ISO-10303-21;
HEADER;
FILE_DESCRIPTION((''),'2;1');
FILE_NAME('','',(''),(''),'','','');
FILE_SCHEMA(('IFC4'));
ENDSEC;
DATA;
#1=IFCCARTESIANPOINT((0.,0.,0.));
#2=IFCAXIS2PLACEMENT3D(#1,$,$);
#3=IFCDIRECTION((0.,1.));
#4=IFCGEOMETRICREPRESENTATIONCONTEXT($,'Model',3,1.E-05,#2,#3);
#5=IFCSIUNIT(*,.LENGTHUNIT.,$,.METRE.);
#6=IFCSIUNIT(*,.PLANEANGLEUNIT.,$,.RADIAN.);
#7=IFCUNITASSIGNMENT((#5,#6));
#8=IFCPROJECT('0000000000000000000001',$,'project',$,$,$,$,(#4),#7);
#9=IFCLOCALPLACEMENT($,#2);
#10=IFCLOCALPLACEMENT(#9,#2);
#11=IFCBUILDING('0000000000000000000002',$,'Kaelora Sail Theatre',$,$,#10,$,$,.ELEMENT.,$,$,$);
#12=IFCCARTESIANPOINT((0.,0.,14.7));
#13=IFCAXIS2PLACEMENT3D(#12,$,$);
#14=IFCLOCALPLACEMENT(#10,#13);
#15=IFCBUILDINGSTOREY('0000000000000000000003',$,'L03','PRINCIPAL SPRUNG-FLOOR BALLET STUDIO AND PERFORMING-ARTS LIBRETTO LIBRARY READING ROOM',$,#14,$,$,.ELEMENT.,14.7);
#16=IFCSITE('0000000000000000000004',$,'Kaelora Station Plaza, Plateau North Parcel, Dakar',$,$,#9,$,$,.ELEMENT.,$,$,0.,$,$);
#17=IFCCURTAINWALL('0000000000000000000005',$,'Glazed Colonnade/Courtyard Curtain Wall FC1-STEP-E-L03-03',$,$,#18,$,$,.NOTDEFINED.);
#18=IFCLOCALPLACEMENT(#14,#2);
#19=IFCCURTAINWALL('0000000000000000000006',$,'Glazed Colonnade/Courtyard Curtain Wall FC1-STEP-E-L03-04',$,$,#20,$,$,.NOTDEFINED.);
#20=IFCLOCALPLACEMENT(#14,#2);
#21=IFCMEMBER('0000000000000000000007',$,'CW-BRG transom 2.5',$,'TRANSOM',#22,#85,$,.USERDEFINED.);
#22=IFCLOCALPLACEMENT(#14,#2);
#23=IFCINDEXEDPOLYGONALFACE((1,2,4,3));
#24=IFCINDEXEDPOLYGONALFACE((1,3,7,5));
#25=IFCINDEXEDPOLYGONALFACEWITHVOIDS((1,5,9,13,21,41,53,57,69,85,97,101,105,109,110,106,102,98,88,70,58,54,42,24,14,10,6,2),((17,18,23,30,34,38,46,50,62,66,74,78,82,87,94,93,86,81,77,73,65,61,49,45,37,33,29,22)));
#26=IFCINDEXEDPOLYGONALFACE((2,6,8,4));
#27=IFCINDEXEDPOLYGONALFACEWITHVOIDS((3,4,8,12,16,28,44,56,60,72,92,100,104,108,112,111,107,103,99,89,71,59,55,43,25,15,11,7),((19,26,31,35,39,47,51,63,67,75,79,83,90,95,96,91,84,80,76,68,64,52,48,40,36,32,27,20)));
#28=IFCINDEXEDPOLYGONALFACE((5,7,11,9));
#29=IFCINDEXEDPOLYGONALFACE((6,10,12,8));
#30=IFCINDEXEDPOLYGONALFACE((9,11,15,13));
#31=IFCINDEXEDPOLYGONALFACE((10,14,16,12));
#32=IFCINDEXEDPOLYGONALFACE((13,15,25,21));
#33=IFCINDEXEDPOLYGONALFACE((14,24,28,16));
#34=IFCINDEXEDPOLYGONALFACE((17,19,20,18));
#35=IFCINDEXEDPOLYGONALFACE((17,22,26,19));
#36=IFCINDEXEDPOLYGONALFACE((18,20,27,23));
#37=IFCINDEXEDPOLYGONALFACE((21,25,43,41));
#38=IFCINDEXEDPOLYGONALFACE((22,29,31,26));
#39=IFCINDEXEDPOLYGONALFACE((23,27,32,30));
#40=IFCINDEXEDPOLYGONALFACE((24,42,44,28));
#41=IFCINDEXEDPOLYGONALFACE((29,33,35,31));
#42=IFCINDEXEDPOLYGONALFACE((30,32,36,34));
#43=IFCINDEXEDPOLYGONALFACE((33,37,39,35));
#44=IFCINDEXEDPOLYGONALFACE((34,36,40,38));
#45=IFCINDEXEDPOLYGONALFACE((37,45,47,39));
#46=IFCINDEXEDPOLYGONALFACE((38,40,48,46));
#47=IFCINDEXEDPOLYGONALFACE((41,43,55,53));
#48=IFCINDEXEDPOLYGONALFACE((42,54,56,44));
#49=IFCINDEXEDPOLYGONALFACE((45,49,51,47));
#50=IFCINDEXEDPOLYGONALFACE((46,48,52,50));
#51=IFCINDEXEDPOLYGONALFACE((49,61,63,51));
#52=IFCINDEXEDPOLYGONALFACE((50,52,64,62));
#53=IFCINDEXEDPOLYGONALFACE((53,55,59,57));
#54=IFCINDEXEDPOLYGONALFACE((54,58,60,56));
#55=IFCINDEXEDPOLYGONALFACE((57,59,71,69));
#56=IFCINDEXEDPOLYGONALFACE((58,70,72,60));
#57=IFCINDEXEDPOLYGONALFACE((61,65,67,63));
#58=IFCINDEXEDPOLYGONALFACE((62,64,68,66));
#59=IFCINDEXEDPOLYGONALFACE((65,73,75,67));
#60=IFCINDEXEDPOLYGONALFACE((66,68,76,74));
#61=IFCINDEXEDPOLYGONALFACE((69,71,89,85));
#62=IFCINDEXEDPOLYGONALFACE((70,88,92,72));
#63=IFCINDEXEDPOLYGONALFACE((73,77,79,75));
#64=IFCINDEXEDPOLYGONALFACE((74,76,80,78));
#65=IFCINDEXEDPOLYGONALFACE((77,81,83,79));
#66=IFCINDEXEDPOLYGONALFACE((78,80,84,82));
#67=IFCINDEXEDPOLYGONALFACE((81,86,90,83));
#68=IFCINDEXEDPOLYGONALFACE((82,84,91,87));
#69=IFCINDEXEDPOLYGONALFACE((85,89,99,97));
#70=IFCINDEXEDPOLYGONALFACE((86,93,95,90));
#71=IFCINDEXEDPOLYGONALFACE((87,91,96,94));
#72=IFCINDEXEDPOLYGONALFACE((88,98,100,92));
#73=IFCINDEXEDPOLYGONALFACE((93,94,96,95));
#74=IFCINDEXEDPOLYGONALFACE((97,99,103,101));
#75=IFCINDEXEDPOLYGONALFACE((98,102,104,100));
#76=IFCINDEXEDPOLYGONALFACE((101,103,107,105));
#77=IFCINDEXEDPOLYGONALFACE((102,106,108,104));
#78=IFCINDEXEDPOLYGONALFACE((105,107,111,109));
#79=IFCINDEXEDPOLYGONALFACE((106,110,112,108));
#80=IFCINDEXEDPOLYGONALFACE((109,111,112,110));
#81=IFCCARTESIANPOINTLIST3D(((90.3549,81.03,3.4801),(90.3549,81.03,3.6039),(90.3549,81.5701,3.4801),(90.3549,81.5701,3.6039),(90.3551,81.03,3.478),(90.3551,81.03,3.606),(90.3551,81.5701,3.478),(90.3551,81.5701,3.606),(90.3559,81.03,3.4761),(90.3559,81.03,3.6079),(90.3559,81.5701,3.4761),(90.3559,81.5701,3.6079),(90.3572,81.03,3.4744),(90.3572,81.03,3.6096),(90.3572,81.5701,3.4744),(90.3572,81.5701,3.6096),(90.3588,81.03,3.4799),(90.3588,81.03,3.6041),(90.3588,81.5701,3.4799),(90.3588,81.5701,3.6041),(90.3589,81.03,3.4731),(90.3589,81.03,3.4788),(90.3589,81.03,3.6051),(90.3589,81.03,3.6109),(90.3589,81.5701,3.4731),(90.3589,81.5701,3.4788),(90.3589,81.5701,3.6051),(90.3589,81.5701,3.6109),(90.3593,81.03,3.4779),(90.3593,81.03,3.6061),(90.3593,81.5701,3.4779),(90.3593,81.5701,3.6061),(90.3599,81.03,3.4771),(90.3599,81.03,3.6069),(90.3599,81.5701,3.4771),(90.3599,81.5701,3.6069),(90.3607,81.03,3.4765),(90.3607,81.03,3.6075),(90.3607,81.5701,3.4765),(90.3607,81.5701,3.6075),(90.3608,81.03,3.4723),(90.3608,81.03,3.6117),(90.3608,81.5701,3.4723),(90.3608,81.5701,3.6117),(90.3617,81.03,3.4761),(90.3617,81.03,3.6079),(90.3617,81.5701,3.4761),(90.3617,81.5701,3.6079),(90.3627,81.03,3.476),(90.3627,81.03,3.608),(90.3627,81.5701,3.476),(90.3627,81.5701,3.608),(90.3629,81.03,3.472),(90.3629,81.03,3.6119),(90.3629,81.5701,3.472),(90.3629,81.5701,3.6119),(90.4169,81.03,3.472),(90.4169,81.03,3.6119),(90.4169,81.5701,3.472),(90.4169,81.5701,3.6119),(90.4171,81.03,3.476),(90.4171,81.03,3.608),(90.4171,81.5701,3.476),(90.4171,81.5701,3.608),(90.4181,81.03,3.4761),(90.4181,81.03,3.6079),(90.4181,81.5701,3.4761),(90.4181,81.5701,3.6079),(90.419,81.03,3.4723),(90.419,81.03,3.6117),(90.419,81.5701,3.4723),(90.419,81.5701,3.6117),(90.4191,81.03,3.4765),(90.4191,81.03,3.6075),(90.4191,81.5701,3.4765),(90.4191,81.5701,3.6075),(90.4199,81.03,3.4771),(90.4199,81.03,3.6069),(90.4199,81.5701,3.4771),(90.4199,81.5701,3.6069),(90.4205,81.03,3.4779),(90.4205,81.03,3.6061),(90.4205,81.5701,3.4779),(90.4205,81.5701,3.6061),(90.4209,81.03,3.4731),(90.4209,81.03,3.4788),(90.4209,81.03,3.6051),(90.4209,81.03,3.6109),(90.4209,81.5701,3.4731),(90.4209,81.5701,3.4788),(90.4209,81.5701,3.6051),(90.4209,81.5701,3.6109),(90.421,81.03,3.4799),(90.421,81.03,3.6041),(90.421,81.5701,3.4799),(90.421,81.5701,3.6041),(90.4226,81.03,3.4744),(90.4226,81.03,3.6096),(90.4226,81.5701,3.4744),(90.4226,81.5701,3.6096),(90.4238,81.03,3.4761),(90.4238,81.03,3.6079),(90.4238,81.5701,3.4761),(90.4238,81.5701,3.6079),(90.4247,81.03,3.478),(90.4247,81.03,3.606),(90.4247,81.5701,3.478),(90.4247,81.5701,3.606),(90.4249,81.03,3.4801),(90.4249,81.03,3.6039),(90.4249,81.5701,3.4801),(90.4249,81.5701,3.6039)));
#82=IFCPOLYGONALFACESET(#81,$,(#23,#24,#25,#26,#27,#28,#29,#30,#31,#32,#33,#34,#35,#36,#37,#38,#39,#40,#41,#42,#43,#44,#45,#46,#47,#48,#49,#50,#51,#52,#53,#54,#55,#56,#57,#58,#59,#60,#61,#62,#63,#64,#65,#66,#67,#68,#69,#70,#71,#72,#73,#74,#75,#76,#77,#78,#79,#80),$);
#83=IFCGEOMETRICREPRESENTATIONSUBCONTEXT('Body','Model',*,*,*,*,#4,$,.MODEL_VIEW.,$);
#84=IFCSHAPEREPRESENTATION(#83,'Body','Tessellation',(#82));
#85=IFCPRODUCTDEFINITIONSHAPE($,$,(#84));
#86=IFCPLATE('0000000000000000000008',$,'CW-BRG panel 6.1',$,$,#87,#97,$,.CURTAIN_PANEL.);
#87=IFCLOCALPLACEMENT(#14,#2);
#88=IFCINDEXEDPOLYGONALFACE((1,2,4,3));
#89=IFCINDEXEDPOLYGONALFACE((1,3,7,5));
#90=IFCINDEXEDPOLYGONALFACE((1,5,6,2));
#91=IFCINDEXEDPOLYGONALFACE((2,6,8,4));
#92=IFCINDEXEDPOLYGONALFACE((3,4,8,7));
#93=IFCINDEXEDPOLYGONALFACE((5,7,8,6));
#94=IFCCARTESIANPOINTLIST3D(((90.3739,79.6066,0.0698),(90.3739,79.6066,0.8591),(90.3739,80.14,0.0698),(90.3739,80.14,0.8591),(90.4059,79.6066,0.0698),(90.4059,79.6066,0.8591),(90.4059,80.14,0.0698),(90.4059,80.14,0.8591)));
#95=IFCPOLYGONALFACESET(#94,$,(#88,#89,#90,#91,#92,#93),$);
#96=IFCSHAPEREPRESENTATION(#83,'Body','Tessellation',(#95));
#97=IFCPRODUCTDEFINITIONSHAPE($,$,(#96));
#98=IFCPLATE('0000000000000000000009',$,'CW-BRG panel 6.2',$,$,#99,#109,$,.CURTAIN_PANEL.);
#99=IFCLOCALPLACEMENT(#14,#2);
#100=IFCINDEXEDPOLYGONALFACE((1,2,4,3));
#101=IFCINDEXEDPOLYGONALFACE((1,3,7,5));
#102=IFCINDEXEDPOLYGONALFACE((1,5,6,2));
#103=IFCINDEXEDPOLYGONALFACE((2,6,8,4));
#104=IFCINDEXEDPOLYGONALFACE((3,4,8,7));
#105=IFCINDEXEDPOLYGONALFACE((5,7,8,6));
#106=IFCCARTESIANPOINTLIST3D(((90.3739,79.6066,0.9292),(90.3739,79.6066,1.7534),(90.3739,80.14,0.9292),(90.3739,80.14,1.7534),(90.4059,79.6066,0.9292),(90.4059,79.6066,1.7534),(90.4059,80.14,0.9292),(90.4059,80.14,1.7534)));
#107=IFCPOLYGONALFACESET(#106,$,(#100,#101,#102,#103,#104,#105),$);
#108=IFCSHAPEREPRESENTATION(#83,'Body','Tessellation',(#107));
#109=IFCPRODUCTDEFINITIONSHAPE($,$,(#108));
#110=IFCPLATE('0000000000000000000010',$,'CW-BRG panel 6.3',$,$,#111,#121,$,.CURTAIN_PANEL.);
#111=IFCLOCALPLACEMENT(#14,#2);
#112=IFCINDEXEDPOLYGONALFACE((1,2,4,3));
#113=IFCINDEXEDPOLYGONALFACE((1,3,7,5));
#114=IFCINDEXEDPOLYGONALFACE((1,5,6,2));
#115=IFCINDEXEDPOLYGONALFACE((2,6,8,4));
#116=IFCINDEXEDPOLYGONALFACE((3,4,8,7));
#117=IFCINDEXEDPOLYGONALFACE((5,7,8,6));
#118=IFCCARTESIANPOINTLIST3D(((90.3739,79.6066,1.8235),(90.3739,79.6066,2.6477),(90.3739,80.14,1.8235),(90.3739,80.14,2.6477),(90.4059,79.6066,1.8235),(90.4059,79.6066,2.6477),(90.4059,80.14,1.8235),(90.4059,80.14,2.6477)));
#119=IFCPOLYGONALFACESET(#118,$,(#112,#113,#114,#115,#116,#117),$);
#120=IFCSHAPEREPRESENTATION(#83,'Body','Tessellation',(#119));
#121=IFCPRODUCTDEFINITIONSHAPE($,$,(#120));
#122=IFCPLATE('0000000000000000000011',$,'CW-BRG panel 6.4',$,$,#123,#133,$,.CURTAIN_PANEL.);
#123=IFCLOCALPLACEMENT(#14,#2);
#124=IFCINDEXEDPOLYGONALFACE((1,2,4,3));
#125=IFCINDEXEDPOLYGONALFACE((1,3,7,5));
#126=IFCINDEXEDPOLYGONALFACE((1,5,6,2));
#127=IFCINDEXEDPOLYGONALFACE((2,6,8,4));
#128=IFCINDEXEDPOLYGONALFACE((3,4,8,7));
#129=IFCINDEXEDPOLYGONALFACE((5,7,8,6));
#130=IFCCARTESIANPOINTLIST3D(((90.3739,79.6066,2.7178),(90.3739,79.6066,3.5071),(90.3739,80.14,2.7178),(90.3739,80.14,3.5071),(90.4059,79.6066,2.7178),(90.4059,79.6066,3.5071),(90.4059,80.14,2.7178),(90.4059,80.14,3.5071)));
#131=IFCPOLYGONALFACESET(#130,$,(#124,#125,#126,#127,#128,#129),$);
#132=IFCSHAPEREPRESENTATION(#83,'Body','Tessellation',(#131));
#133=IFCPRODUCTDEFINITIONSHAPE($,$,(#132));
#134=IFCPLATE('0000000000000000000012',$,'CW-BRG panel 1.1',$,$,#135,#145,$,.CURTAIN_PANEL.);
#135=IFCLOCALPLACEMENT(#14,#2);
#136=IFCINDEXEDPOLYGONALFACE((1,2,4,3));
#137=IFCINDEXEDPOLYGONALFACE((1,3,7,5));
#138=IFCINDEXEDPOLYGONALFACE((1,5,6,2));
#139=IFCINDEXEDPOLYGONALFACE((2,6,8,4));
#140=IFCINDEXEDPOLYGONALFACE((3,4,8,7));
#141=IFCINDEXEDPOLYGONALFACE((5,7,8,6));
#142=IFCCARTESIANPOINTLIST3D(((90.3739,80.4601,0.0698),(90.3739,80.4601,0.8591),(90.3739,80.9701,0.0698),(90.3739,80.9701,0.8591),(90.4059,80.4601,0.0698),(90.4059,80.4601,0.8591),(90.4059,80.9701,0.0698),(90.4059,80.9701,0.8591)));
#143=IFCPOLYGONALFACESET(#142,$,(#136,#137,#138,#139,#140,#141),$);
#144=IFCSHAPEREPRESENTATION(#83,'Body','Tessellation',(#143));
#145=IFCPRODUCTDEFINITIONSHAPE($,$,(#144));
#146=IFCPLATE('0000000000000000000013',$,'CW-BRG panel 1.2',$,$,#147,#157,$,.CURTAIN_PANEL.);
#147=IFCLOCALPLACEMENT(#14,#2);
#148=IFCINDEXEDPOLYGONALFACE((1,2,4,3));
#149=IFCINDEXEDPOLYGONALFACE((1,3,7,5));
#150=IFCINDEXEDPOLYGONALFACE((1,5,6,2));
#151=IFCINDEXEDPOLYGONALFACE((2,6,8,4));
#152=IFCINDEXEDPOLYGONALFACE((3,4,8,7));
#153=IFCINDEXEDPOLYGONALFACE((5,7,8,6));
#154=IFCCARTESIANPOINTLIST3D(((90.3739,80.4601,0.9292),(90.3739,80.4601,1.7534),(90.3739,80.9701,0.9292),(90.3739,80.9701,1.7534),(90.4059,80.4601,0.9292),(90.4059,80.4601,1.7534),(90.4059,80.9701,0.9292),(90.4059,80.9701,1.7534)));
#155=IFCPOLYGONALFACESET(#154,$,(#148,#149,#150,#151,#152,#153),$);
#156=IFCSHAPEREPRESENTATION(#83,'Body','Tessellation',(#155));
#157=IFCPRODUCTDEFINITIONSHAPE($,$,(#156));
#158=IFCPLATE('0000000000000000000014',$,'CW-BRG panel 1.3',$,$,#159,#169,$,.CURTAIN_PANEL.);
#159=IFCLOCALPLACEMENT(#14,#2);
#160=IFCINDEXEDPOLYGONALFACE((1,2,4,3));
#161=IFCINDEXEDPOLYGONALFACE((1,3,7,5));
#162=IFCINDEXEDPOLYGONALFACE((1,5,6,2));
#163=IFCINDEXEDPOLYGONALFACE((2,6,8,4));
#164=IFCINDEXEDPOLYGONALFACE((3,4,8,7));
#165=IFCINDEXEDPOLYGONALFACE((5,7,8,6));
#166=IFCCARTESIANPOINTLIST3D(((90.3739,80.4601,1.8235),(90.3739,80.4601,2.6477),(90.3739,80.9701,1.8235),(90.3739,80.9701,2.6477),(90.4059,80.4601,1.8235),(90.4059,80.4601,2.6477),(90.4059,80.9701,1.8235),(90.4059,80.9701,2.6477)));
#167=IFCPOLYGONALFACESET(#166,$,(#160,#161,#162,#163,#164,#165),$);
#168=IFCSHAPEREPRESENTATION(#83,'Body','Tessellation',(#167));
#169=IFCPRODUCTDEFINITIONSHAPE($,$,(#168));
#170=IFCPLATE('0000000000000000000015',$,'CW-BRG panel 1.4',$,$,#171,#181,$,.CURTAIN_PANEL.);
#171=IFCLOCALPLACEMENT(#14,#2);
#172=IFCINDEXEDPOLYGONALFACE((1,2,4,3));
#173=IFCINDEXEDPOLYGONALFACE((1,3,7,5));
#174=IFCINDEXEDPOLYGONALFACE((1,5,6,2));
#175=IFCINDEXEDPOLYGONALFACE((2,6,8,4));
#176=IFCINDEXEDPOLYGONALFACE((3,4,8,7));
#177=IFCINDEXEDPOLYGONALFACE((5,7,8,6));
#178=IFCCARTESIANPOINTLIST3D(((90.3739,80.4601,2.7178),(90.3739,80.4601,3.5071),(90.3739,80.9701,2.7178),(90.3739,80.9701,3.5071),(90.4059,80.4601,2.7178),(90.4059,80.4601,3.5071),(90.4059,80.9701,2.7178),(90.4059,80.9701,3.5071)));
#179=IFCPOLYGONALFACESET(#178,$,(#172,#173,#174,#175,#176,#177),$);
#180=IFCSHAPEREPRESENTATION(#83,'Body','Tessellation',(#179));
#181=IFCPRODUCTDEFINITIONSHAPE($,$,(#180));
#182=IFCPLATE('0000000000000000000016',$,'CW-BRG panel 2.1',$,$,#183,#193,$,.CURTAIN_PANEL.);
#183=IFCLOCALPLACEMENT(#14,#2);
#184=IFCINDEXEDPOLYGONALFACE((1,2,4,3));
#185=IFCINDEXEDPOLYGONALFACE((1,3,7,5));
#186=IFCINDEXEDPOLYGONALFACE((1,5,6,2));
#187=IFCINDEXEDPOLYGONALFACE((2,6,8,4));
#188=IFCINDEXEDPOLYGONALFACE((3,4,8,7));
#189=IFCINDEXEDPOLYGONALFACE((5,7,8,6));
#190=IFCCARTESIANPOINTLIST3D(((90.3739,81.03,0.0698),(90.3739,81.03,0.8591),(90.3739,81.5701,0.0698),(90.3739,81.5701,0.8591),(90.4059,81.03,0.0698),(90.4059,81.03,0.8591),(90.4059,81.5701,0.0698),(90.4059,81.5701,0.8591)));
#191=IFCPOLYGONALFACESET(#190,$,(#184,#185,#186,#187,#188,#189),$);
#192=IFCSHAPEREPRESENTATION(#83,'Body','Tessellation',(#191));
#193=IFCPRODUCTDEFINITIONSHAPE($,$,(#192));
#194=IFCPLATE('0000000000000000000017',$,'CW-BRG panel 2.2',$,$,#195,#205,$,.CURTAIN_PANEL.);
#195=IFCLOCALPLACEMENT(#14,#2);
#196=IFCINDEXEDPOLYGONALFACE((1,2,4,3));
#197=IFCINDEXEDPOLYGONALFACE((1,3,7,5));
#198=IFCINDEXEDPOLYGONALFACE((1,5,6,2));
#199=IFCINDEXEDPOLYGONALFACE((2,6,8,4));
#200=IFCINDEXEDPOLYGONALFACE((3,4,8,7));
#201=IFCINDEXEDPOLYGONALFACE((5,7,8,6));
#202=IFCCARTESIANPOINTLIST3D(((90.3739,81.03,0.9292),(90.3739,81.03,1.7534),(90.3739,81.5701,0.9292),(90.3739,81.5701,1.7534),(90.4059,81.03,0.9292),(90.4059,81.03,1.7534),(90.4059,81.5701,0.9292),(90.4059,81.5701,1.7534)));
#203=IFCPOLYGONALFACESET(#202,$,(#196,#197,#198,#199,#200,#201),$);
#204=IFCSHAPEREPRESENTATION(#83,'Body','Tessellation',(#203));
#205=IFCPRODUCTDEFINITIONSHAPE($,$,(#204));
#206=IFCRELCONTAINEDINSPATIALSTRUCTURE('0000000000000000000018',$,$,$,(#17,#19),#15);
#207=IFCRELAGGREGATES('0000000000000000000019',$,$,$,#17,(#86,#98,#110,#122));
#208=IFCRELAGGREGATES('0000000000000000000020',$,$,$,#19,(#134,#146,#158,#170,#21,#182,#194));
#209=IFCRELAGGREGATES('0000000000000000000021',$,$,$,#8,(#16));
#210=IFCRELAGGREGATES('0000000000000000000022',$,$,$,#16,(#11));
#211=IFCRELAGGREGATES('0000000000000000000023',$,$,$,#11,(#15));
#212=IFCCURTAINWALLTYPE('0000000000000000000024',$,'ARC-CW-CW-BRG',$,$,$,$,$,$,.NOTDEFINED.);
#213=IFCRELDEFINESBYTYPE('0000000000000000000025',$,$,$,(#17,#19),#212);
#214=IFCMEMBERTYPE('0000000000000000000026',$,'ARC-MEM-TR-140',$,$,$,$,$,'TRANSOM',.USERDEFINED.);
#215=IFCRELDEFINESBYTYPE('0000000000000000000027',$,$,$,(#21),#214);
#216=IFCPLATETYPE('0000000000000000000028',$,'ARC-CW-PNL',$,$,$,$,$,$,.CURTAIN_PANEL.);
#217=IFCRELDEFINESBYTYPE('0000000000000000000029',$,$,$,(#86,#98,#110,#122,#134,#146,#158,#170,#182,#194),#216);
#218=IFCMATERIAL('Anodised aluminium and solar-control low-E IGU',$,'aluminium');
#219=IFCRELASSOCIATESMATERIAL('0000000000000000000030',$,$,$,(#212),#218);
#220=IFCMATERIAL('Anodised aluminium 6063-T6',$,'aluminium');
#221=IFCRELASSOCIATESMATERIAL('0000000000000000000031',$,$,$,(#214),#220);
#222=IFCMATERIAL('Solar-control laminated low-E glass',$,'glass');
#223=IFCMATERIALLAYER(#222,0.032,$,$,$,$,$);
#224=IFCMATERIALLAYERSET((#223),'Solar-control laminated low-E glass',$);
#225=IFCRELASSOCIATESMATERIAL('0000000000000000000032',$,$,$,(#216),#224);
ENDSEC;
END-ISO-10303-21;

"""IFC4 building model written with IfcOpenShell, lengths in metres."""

from ifc_helpers import new_model, si_unit, direction, frame, origin, origin_2d, place, context, subcontext, project, spatial, rectangle, hollow_rectangle, extrude, material, layer, layer_set, material_profile, profile_set, type_object, element, aggregate, save


model = new_model("IFC4")

# Units and contexts
model_context = context("Model", 3, precision=1e-05, world=origin(), true_north=direction((0.0, 1.0)))
body_context = subcontext(model_context, "Body", "Model", "MODEL_VIEW")
ifc_project = project(units=[si_unit("LENGTHUNIT", "METRE"), si_unit("PLANEANGLEUNIT", "RADIAN")], contexts=[model_context])

# Site, building, storey
site_placement = place(None, origin())
site = spatial("IfcSite", under=ifc_project, at=site_placement, Name="Kaelora Station Plaza, Plateau North Parcel, Dakar", CompositionType="ELEMENT", RefElevation=0.0)
building_placement = place(site_placement, origin())
building = spatial("IfcBuilding", under=site, at=building_placement, Name="Kaelora Sail Theatre", CompositionType="ELEMENT")
storey_placement = place(building_placement, frame((0.0, 0.0, 14.7)))
storey = spatial("IfcBuildingStorey", under=building, at=storey_placement, Name="L03", Description="PRINCIPAL SPRUNG-FLOOR BALLET STUDIO AND PERFORMING-ARTS LIBRETTO LIBRARY READING ROOM", CompositionType="ELEMENT", Elevation=14.7)

# Curtain wall
ifc_material_1 = material(Name="Anodised aluminium and solar-control low-E IGU", Category="aluminium")
curtain_wall_type = type_object("IfcCurtainWallType", Name="ARC-CW-CW-BRG", PredefinedType="NOTDEFINED", material=ifc_material_1)
curtain_wall_1_placement = place(storey_placement, origin())
curtain_wall_1 = element("IfcCurtainWall", 1, at=curtain_wall_1_placement, inside=storey, type_object=curtain_wall_type, Name="Glazed Colonnade/Courtyard Curtain Wall FC1-STEP-E-L03-03", PredefinedType="NOTDEFINED")

# Curtain wall
curtain_wall_2_placement = place(storey_placement, origin())
curtain_wall_2 = element("IfcCurtainWall", 2, at=curtain_wall_2_placement, inside=storey, type_object=curtain_wall_type, Name="Glazed Colonnade/Courtyard Curtain Wall FC1-STEP-E-L03-04", PredefinedType="NOTDEFINED")

# Member
ifc_material_2 = material(Name="Anodised aluminium 6063-T6", Category="aluminium")
ifc_material_profile_1 = material_profile(ifc_material_2, hollow_rectangle(XDim=0.0701, YDim=0.1399, WallThickness=0.0039, InnerFilletRadius=0.0039, OuterFilletRadius=0.0081, at=origin_2d()), Name="ALU-TRAN 70x140x4")
ifc_profile_set_1 = profile_set([ifc_material_profile_1], Name="Anodised aluminium 6063-T6")
member_type_1 = type_object("IfcMemberType", Name="ARC-MEM-TR-140", ElementType="TRANSOM", PredefinedType="USERDEFINED", material=ifc_profile_set_1)
member_1_placement = place(storey_placement, frame((90.3899, 81.03, 3.542), z_axis=(0.0, 1.0, 0.0), x_axis=(-1.0, 0.0, 0.0)))
member_1 = element("IfcMember", 3, at=member_1_placement, type_object=member_type_1, Name="CW-BRG transom 2.5", ObjectType="TRANSOM", PredefinedType="USERDEFINED", context=body_context, shape_type="SweptSolid", body=[
    extrude(hollow_rectangle(XDim=0.0701, YDim=0.1399, WallThickness=0.0039, InnerFilletRadius=0.0039, OuterFilletRadius=0.0081, at=origin_2d()), origin(), (0.0, 0.0, 1.0), 0.54),
])

# Plates
ifc_material_3 = material(Name="Solar-control laminated low-E glass", Category="glass")
ifc_layer = layer(ifc_material_3, 0.032)
ifc_layer_set = layer_set([ifc_layer], Name="Solar-control laminated low-E glass")
plate_type = type_object("IfcPlateType", Name="ARC-CW-PNL", PredefinedType="CURTAIN_PANEL", material=ifc_layer_set)
plate_1_placement = place(storey_placement, frame((90.3899, 79.8733, 0.0698), z_axis=(0.0, 0.0, 1.0), x_axis=(0.0, 1.0, 0.0)))
plate_1 = element("IfcPlate", 4, at=plate_1_placement, type_object=plate_type, Name="CW-BRG panel 6.1", PredefinedType="CURTAIN_PANEL", context=body_context, shape_type="SweptSolid", body=[
    extrude(rectangle(XDim=0.5334, YDim=0.032, at=origin_2d()), origin(), (0.0, 0.0, 1.0), 0.7893),
])
plate_2_placement = place(storey_placement, frame((90.3899, 79.8733, 0.9292), z_axis=(0.0, 0.0, 1.0), x_axis=(0.0, 1.0, 0.0)))
plate_2 = element("IfcPlate", 5, at=plate_2_placement, type_object=plate_type, Name="CW-BRG panel 6.2", PredefinedType="CURTAIN_PANEL", context=body_context, shape_type="SweptSolid", body=[
    extrude(rectangle(XDim=0.5334, YDim=0.032, at=origin_2d()), origin(), (0.0, 0.0, 1.0), 0.8242),
])
plate_3_placement = place(storey_placement, frame((90.3899, 79.8733, 1.8235), z_axis=(0.0, 0.0, 1.0), x_axis=(0.0, 1.0, 0.0)))
plate_3 = element("IfcPlate", 6, at=plate_3_placement, type_object=plate_type, Name="CW-BRG panel 6.3", PredefinedType="CURTAIN_PANEL", context=body_context, shape_type="SweptSolid", body=[
    extrude(rectangle(XDim=0.5334, YDim=0.032, at=origin_2d()), origin(), (0.0, 0.0, 1.0), 0.8242),
])
plate_4_placement = place(storey_placement, frame((90.3899, 79.8733, 2.7178), z_axis=(0.0, 0.0, 1.0), x_axis=(0.0, 1.0, 0.0)))
plate_4 = element("IfcPlate", 7, at=plate_4_placement, type_object=plate_type, Name="CW-BRG panel 6.4", PredefinedType="CURTAIN_PANEL", context=body_context, shape_type="SweptSolid", body=[
    extrude(rectangle(XDim=0.5334, YDim=0.032, at=origin_2d()), origin(), (0.0, 0.0, 1.0), 0.7893),
])
aggregate(curtain_wall_1, [plate_1, plate_2, plate_3, plate_4])
plate_5_placement = place(storey_placement, frame((90.3899, 80.7151, 0.0698), z_axis=(0.0, 0.0, 1.0), x_axis=(0.0, 1.0, 0.0)))
plate_5 = element("IfcPlate", 8, at=plate_5_placement, type_object=plate_type, Name="CW-BRG panel 1.1", PredefinedType="CURTAIN_PANEL", context=body_context, shape_type="SweptSolid", body=[
    extrude(rectangle(XDim=0.51, YDim=0.032, at=origin_2d()), origin(), (0.0, 0.0, 1.0), 0.7893),
])
plate_6_placement = place(storey_placement, frame((90.3899, 80.7151, 0.9292), z_axis=(0.0, 0.0, 1.0), x_axis=(0.0, 1.0, 0.0)))
plate_6 = element("IfcPlate", 9, at=plate_6_placement, type_object=plate_type, Name="CW-BRG panel 1.2", PredefinedType="CURTAIN_PANEL", context=body_context, shape_type="SweptSolid", body=[
    extrude(rectangle(XDim=0.51, YDim=0.032, at=origin_2d()), origin(), (0.0, 0.0, 1.0), 0.8242),
])
plate_7_placement = place(storey_placement, frame((90.3899, 80.7151, 1.8235), z_axis=(0.0, 0.0, 1.0), x_axis=(0.0, 1.0, 0.0)))
plate_7 = element("IfcPlate", 10, at=plate_7_placement, type_object=plate_type, Name="CW-BRG panel 1.3", PredefinedType="CURTAIN_PANEL", context=body_context, shape_type="SweptSolid", body=[
    extrude(rectangle(XDim=0.51, YDim=0.032, at=origin_2d()), origin(), (0.0, 0.0, 1.0), 0.8242),
])
plate_8_placement = place(storey_placement, frame((90.3899, 80.7151, 2.7178), z_axis=(0.0, 0.0, 1.0), x_axis=(0.0, 1.0, 0.0)))
plate_8 = element("IfcPlate", 11, at=plate_8_placement, type_object=plate_type, Name="CW-BRG panel 1.4", PredefinedType="CURTAIN_PANEL", context=body_context, shape_type="SweptSolid", body=[
    extrude(rectangle(XDim=0.51, YDim=0.032, at=origin_2d()), origin(), (0.0, 0.0, 1.0), 0.7893),
])
plate_9_placement = place(storey_placement, frame((90.3899, 81.3, 0.0698), z_axis=(0.0, 0.0, 1.0), x_axis=(0.0, 1.0, 0.0)))
plate_9 = element("IfcPlate", 12, at=plate_9_placement, type_object=plate_type, Name="CW-BRG panel 2.1", PredefinedType="CURTAIN_PANEL", context=body_context, shape_type="SweptSolid", body=[
    extrude(rectangle(XDim=0.54, YDim=0.032, at=origin_2d()), origin(), (0.0, 0.0, 1.0), 0.7893),
])
plate_10_placement = place(storey_placement, frame((90.3899, 81.3, 0.9292), z_axis=(0.0, 0.0, 1.0), x_axis=(0.0, 1.0, 0.0)))
plate_10 = element("IfcPlate", 13, at=plate_10_placement, type_object=plate_type, Name="CW-BRG panel 2.2", PredefinedType="CURTAIN_PANEL", context=body_context, shape_type="SweptSolid", body=[
    extrude(rectangle(XDim=0.54, YDim=0.032, at=origin_2d()), origin(), (0.0, 0.0, 1.0), 0.8242),
])
aggregate(curtain_wall_2, [plate_5, plate_6, plate_7, plate_8, member_1, plate_9, plate_10])

save(model, "model.ifc")
